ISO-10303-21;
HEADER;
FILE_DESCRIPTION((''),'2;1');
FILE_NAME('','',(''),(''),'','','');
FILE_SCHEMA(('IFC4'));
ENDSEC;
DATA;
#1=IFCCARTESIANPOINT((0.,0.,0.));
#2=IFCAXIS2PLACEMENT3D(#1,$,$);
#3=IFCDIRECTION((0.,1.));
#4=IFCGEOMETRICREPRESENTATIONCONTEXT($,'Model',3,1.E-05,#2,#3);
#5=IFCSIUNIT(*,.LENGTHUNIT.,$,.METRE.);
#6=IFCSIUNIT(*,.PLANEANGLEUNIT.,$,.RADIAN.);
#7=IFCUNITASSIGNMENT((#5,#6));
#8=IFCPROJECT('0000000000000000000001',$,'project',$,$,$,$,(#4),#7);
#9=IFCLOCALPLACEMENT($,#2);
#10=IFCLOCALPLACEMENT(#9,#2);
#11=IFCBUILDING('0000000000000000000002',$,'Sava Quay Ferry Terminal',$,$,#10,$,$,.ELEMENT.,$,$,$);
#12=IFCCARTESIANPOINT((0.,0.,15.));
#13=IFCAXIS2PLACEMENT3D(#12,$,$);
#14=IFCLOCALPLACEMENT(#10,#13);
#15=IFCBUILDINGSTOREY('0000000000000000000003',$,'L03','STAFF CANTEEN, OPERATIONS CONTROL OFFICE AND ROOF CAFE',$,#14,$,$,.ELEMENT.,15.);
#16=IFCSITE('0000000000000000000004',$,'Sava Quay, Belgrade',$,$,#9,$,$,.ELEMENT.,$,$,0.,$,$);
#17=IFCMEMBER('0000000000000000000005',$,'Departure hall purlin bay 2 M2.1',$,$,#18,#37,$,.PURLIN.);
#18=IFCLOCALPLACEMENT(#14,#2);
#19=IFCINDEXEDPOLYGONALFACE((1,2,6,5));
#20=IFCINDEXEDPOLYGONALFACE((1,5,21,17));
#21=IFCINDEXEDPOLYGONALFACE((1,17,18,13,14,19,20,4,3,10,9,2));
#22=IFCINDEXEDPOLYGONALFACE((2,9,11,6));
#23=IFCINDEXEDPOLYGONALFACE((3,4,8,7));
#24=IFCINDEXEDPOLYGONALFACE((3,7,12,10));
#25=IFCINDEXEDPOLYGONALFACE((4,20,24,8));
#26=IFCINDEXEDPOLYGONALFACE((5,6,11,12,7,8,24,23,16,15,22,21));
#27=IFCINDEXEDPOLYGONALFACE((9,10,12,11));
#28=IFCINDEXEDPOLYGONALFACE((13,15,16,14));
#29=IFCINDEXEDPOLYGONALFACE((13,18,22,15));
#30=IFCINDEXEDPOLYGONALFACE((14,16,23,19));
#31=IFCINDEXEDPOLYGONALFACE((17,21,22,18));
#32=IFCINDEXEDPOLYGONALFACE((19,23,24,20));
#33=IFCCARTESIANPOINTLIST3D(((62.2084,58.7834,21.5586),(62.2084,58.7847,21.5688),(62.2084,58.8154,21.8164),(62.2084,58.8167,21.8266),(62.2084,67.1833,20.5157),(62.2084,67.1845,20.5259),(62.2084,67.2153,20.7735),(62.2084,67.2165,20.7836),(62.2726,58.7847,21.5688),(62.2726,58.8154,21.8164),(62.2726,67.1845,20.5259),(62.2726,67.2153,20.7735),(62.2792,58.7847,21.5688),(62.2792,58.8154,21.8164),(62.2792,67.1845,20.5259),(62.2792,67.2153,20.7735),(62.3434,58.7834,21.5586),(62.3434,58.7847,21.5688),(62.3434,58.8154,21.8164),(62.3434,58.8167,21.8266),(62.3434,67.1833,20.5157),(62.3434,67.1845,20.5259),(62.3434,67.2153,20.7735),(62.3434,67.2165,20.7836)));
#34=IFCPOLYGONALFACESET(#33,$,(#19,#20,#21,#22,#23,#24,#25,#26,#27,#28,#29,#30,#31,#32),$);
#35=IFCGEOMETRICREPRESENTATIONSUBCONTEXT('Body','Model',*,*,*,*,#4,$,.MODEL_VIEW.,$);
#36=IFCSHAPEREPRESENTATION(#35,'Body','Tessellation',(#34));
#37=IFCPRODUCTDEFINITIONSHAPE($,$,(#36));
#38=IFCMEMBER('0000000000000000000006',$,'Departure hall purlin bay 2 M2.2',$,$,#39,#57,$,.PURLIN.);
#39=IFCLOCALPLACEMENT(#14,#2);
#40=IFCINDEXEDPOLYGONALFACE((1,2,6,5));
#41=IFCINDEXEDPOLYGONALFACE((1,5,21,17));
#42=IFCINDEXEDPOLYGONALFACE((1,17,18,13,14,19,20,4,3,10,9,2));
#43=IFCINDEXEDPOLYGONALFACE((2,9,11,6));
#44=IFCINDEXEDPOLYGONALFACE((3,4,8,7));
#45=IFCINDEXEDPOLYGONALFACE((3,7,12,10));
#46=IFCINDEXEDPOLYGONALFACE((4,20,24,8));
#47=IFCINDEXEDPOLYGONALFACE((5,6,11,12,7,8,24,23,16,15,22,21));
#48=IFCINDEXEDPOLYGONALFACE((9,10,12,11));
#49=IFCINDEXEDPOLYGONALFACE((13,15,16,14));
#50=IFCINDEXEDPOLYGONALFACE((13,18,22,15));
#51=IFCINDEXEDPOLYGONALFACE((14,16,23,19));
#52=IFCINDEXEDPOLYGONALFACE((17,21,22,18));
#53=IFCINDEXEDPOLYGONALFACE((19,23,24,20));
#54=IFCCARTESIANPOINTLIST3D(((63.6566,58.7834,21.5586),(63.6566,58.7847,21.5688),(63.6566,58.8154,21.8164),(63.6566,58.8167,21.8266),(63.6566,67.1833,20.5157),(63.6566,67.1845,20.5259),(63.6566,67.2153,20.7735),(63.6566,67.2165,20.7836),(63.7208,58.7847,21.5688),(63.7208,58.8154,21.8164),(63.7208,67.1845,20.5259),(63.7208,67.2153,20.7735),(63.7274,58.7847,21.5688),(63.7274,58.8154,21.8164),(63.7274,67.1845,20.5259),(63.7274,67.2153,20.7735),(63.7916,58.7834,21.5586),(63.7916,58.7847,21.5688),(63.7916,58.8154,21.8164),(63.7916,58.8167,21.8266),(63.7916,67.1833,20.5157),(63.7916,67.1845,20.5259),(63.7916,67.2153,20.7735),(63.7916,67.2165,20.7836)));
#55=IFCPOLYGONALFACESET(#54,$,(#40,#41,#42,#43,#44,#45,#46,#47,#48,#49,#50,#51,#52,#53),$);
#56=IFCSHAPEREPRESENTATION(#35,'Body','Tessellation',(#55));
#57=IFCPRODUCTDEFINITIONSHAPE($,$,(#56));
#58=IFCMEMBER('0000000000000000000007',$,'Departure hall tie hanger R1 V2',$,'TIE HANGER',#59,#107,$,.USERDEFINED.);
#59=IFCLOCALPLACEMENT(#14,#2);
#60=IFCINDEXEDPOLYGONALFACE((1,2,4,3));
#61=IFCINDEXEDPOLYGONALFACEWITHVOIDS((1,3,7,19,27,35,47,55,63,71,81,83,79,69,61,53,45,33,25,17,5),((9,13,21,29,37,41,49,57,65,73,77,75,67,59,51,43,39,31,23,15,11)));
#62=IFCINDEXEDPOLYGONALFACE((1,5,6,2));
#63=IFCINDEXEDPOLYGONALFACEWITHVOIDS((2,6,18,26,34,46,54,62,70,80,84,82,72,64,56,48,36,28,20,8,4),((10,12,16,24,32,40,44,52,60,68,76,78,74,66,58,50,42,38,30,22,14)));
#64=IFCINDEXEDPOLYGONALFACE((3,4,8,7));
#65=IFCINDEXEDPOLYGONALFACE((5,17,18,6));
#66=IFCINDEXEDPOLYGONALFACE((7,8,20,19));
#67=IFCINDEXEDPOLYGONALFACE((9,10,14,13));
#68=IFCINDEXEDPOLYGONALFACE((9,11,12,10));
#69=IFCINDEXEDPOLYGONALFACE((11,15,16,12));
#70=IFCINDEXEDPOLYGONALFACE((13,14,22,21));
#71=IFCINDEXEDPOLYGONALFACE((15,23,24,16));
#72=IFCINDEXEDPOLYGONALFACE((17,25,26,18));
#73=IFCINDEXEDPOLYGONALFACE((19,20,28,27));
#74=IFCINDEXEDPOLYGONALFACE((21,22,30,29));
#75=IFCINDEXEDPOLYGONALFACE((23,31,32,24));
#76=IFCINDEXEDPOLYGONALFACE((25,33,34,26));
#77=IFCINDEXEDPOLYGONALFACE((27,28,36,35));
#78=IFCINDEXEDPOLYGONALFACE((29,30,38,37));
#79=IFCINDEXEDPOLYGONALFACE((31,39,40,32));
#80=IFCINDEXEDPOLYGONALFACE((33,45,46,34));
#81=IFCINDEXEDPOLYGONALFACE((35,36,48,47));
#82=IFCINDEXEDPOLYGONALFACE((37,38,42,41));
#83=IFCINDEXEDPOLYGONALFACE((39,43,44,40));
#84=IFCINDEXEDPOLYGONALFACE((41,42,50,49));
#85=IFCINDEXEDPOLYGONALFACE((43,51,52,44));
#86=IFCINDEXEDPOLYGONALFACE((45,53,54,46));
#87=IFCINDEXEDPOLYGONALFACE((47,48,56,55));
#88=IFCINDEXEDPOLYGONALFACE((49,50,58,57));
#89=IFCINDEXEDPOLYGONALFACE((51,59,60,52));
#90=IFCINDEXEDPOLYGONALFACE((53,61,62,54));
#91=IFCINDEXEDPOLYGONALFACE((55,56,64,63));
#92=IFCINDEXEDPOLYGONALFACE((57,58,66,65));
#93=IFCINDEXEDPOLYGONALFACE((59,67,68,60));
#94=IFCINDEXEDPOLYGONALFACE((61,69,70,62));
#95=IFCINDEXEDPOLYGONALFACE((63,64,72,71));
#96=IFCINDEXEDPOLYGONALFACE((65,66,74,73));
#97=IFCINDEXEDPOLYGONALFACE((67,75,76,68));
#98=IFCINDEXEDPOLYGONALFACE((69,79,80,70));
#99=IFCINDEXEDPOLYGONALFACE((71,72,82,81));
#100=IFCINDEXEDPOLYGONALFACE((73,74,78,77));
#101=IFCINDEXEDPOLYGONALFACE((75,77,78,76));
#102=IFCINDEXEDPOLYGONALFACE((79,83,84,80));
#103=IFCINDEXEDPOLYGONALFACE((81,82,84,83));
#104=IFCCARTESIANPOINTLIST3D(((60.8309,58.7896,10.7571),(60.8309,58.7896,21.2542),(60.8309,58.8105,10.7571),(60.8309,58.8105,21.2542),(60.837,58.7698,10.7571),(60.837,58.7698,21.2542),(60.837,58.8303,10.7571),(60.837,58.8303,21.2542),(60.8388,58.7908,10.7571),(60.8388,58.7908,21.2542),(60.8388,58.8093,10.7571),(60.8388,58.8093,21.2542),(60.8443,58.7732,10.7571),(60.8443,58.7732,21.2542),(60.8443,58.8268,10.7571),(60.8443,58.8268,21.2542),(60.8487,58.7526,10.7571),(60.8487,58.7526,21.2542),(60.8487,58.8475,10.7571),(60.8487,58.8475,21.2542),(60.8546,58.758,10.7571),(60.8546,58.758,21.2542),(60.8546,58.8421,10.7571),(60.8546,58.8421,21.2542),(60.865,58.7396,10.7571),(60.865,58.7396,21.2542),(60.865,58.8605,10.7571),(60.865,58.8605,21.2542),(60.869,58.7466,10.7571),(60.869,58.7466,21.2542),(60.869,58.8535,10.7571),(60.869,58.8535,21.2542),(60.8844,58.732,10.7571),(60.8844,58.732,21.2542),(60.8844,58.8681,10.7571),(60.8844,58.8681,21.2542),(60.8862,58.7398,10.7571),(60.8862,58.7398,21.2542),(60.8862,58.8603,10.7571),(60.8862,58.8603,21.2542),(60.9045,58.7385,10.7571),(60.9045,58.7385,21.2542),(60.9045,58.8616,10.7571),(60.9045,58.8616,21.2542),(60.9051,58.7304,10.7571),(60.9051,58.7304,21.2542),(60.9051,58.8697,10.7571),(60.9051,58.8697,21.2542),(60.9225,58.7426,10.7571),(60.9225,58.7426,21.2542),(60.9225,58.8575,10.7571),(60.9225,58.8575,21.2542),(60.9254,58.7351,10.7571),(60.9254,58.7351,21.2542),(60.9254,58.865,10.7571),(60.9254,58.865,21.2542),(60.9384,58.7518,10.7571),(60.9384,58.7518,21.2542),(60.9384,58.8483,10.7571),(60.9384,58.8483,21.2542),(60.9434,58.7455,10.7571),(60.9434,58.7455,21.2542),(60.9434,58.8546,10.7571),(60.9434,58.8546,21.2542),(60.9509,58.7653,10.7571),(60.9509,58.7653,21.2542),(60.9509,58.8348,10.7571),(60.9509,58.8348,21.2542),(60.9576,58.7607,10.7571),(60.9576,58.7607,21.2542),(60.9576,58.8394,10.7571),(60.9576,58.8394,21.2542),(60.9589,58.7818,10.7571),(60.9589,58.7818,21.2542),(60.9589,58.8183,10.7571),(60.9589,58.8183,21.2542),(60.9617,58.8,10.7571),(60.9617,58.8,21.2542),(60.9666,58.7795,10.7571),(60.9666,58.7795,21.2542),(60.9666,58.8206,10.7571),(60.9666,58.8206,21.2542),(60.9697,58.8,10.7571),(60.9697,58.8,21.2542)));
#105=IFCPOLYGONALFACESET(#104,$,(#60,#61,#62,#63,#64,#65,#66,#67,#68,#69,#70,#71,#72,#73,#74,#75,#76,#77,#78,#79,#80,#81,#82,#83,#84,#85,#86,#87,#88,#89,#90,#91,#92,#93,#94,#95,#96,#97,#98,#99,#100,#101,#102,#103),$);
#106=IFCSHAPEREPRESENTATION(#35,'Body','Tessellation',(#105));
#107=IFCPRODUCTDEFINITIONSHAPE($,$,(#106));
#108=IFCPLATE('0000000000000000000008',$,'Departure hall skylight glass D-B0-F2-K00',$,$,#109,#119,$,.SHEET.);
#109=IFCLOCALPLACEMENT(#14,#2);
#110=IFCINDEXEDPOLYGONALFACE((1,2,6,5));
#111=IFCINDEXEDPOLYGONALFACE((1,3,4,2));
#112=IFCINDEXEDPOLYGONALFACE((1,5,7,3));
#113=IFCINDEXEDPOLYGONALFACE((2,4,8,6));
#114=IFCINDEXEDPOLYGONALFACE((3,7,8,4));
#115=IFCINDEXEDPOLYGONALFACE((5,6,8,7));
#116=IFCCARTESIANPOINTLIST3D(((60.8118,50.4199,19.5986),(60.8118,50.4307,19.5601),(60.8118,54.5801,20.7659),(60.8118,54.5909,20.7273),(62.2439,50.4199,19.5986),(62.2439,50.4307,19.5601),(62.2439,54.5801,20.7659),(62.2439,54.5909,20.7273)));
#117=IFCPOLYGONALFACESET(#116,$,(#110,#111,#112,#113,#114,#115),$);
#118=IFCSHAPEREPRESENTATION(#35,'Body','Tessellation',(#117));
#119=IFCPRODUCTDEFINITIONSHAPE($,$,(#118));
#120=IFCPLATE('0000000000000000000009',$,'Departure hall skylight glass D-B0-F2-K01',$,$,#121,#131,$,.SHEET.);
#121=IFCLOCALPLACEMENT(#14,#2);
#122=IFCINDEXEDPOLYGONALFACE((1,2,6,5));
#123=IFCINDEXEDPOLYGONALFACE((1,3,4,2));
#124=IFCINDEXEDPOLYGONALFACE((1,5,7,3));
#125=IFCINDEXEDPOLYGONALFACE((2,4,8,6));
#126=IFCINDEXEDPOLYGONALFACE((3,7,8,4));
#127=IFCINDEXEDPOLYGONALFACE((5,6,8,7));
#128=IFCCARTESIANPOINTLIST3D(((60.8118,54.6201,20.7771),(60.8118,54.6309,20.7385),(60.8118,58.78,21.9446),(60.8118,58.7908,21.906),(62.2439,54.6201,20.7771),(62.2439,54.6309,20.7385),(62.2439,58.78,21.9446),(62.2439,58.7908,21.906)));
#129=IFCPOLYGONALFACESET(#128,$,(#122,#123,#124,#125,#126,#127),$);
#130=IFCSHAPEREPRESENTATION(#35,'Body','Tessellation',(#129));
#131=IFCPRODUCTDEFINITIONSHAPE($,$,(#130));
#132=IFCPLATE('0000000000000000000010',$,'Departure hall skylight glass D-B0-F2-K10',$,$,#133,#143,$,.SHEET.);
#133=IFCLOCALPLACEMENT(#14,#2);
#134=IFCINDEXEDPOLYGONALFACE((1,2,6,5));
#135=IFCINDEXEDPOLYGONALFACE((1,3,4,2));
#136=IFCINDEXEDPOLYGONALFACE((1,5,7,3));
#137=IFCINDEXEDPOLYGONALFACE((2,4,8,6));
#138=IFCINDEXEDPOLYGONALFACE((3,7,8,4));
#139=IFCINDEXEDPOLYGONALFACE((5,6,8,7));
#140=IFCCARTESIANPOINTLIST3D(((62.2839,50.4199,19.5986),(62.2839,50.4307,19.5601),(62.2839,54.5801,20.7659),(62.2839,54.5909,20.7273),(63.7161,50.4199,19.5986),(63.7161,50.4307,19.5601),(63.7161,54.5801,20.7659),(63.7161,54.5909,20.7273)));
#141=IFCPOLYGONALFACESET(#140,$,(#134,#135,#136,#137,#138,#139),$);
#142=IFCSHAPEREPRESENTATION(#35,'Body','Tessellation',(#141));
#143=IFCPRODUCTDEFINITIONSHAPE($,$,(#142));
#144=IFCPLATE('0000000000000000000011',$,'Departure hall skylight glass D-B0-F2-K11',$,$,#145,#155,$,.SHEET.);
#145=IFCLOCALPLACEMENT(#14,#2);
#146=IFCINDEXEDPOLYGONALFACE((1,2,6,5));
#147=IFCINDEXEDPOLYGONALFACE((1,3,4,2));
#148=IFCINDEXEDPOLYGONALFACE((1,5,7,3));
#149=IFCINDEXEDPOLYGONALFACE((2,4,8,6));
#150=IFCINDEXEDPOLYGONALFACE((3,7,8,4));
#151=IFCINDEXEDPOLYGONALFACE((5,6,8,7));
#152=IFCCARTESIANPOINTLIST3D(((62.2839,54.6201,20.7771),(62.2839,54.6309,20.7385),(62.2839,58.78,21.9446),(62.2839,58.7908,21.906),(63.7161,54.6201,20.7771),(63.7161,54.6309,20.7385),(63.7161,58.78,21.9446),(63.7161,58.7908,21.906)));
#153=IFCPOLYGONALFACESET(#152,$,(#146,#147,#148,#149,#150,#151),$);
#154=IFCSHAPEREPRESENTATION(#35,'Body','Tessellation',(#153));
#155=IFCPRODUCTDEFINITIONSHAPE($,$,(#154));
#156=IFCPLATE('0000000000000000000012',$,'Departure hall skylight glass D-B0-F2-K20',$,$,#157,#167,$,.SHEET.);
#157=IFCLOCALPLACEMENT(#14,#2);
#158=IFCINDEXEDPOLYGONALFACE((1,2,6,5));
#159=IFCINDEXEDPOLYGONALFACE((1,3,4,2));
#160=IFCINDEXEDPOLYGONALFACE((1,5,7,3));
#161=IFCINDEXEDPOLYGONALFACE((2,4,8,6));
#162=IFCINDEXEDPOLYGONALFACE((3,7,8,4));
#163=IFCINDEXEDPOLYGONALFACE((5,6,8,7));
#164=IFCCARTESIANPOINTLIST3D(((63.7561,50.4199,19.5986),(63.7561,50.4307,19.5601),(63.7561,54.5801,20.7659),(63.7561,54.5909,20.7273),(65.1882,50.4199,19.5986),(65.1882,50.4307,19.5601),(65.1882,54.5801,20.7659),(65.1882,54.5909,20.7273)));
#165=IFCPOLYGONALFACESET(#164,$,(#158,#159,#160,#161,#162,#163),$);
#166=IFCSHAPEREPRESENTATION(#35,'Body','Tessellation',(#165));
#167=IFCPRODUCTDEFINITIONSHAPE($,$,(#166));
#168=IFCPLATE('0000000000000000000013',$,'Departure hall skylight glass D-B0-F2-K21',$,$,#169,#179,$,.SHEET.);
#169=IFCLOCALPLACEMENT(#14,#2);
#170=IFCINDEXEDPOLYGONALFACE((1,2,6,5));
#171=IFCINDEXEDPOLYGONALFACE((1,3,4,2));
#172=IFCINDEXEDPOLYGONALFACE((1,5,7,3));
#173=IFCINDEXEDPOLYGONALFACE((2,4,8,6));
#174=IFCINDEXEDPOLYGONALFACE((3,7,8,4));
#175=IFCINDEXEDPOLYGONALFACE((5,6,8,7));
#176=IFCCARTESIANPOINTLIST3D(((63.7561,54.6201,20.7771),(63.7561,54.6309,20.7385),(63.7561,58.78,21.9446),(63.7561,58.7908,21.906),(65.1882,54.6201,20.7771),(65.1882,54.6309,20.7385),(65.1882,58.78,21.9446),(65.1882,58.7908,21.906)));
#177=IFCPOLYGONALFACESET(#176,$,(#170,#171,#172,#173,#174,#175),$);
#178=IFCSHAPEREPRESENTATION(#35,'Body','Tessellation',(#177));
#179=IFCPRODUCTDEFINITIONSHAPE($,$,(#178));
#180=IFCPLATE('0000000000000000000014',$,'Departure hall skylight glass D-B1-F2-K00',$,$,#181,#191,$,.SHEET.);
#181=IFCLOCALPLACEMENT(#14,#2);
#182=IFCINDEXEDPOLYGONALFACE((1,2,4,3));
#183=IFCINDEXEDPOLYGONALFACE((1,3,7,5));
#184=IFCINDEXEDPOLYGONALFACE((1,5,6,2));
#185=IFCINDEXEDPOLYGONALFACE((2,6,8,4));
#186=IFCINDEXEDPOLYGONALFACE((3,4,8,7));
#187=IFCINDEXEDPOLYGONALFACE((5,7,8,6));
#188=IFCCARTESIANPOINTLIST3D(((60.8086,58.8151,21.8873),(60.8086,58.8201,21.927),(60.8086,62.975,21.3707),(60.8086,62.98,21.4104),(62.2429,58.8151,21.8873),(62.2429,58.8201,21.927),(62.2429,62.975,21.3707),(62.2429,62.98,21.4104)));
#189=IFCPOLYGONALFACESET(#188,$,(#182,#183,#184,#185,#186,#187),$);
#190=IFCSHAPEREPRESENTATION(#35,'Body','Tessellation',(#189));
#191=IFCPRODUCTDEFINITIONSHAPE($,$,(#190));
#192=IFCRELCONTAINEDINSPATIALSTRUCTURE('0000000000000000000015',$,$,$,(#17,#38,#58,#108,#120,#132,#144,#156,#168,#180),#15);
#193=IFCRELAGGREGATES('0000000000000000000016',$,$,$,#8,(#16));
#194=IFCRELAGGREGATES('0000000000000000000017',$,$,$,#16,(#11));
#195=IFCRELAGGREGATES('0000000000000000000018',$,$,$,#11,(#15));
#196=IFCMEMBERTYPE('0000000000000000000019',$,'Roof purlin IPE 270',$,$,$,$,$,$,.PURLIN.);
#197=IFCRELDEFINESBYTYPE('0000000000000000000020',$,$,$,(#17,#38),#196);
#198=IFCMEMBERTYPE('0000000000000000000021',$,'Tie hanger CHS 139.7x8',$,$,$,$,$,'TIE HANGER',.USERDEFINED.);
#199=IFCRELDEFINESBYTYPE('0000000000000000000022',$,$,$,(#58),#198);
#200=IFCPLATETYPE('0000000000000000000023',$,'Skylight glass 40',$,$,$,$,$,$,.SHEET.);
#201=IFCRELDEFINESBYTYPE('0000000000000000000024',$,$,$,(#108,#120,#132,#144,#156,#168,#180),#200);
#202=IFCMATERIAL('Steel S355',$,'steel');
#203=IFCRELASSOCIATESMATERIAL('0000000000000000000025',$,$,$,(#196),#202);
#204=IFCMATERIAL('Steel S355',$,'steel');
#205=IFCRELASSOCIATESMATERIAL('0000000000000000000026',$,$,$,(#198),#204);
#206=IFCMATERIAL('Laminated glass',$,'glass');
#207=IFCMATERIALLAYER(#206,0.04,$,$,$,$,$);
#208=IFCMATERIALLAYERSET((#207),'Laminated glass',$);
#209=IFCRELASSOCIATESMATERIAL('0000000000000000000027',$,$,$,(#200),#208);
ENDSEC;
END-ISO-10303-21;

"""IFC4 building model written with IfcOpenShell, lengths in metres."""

from ifc_helpers import new_model, si_unit, direction, frame, origin, origin_2d, place, context, subcontext, project, spatial, polyline, hollow_circle, i_section, outline, extrude, material, layer, layer_set, material_profile, profile_set, type_object, element, save


model = new_model("IFC4")

# Units and contexts
model_context = context("Model", 3, precision=1e-05, world=origin(), true_north=direction((0.0, 1.0)))
body_context = subcontext(model_context, "Body", "Model", "MODEL_VIEW")
ifc_project = project(units=[si_unit("LENGTHUNIT", "METRE"), si_unit("PLANEANGLEUNIT", "RADIAN")], contexts=[model_context])

# Site, building, storey
site_placement = place(None, origin())
site = spatial("IfcSite", under=ifc_project, at=site_placement, Name="Sava Quay, Belgrade", CompositionType="ELEMENT", RefElevation=0.0)
building_placement = place(site_placement, origin())
building = spatial("IfcBuilding", under=site, at=building_placement, Name="Sava Quay Ferry Terminal", CompositionType="ELEMENT")
storey_placement = place(building_placement, frame((0.0, 0.0, 15.0)))
storey = spatial("IfcBuildingStorey", under=building, at=storey_placement, Name="L03", Description="STAFF CANTEEN, OPERATIONS CONTROL OFFICE AND ROOF CAFE", CompositionType="ELEMENT", Elevation=15.0)

# Members
ifc_material_1 = material(Name="Steel S355", Category="steel")
ifc_material_profile_1 = material_profile(ifc_material_1, i_section(OverallWidth=0.135, OverallDepth=0.27, WebThickness=0.0066, FlangeThickness=0.0103, at=origin_2d()), Name="IPE 270")
ifc_profile_set_1 = profile_set([ifc_material_profile_1], Name="Steel S355")
member_type_1 = type_object("IfcMemberType", Name="Roof purlin IPE 270", PredefinedType="PURLIN", material=ifc_profile_set_1)
for number, where, z_axis, x_axis, name in (
    (1, (62.2759, 58.8, 21.6926), (0.0, 0.99238, -0.123218), (-1.0, 0.0, 0.0), "Departure hall purlin bay 2 M2.1"),
    (2, (63.7241, 58.8, 21.6926), (0.0, 0.99238, -0.123218), (-1.0, 0.0, 0.0), "Departure hall purlin bay 2 M2.2"),
):
    element("IfcMember", number, at=place(storey_placement, frame(where, z_axis=z_axis, x_axis=x_axis)), inside=storey, type_object=member_type_1, Name=name, PredefinedType="PURLIN", context=body_context, shape_type="SweptSolid", body=[
        extrude(i_section(OverallWidth=0.135, OverallDepth=0.27, WebThickness=0.0066, FlangeThickness=0.0103, at=origin_2d()), origin(), (0.0, 0.0, 1.0), 8.4644),
    ])
ifc_material_2 = material(Name="Steel S355", Category="steel")
ifc_material_profile_2 = material_profile(ifc_material_2, hollow_circle(Radius=0.0698, WallThickness=0.0081, at=origin_2d()), Name="CHS 139.7 x 8.0")
ifc_profile_set_2 = profile_set([ifc_material_profile_2], Name="Steel S355")
member_type_2 = type_object("IfcMemberType", Name="Tie hanger CHS 139.7x8", ElementType="TIE HANGER", PredefinedType="USERDEFINED", material=ifc_profile_set_2)
member_1_placement = place(storey_placement, frame((60.8999, 58.8, 10.7571), z_axis=(0.0, 0.0, 1.0), x_axis=(1.0, 0.0, 0.0)))
element("IfcMember", 3, at=member_1_placement, inside=storey, type_object=member_type_2, Name="Departure hall tie hanger R1 V2", ObjectType="TIE HANGER", PredefinedType="USERDEFINED", context=body_context, shape_type="SweptSolid", body=[
    extrude(hollow_circle(Radius=0.0698, WallThickness=0.0081, at=origin_2d()), origin(), (0.0, 0.0, 1.0), 10.4971),
])

# Plates
ifc_material_3 = material(Name="Laminated glass", Category="glass")
ifc_layer_1 = layer(ifc_material_3, 0.04)
ifc_layer_set_1 = layer_set([ifc_layer_1], Name="Laminated glass")
plate_type = type_object("IfcPlateType", Name="Skylight glass 40", PredefinedType="SHEET", material=ifc_layer_set_1)
plate_1_placement = place(storey_placement, frame((60.8118, 50.4199, 19.5986), z_axis=(0.0, -0.270143, 0.96282), x_axis=(0.0, 0.96282, 0.270143)))
element("IfcPlate", 4, at=plate_1_placement, inside=storey, type_object=plate_type, Name="Departure hall skylight glass D-B0-F2-K00", PredefinedType="SHEET", context=body_context, shape_type="SweptSolid", body=[
    extrude(outline(polyline([(0.0, 0.0), (4.3208, 0.0), (4.3208, -1.4321), (0.0, -1.4321), (0.0, 0.0)])), origin(), (0.0, 0.0, -1.0), 0.04),
])
plate_2_placement = place(storey_placement, frame((60.8118, 54.6201, 20.7771), z_axis=(0.0, -0.27021, 0.962801), x_axis=(0.0, 0.962801, 0.27021)))
element("IfcPlate", 5, at=plate_2_placement, inside=storey, type_object=plate_type, Name="Departure hall skylight glass D-B0-F2-K01", PredefinedType="SHEET", context=body_context, shape_type="SweptSolid", body=[
    extrude(outline(polyline([(0.0, 0.0), (4.3206, 0.0), (4.3206, -1.4321), (0.0, -1.4321), (0.0, 0.0)])), origin(), (0.0, 0.0, -1.0), 0.04),
])
plate_3_placement = place(storey_placement, frame((62.2839, 50.4199, 19.5986), z_axis=(0.0, -0.270143, 0.96282), x_axis=(0.0, 0.96282, 0.270143)))
element("IfcPlate", 6, at=plate_3_placement, inside=storey, type_object=plate_type, Name="Departure hall skylight glass D-B0-F2-K10", PredefinedType="SHEET", context=body_context, shape_type="SweptSolid", body=[
    extrude(outline(polyline([(0.0, 0.0), (4.3208, 0.0), (4.3208, -1.4321), (0.0, -1.4321), (0.0, 0.0)])), origin(), (0.0, 0.0, -1.0), 0.04),
])
plate_4_placement = place(storey_placement, frame((62.2839, 54.6201, 20.7771), z_axis=(0.0, -0.27021, 0.962801), x_axis=(0.0, 0.962801, 0.27021)))
element("IfcPlate", 7, at=plate_4_placement, inside=storey, type_object=plate_type, Name="Departure hall skylight glass D-B0-F2-K11", PredefinedType="SHEET", context=body_context, shape_type="SweptSolid", body=[
    extrude(outline(polyline([(0.0, 0.0), (4.3206, 0.0), (4.3206, -1.4321), (0.0, -1.4321), (0.0, 0.0)])), origin(), (0.0, 0.0, -1.0), 0.04),
])
plate_5_placement = place(storey_placement, frame((63.7561, 50.4199, 19.5986), z_axis=(0.0, -0.270143, 0.96282), x_axis=(0.0, 0.96282, 0.270143)))
element("IfcPlate", 8, at=plate_5_placement, inside=storey, type_object=plate_type, Name="Departure hall skylight glass D-B0-F2-K20", PredefinedType="SHEET", context=body_context, shape_type="SweptSolid", body=[
    extrude(outline(polyline([(0.0, 0.0), (4.3208, 0.0), (4.3208, -1.4321), (0.0, -1.4321), (0.0, 0.0)])), origin(), (0.0, 0.0, -1.0), 0.04),
])
plate_6_placement = place(storey_placement, frame((63.7561, 54.6201, 20.7771), z_axis=(0.0, -0.27021, 0.962801), x_axis=(0.0, 0.962801, 0.27021)))
element("IfcPlate", 9, at=plate_6_placement, inside=storey, type_object=plate_type, Name="Departure hall skylight glass D-B0-F2-K21", PredefinedType="SHEET", context=body_context, shape_type="SweptSolid", body=[
    extrude(outline(polyline([(0.0, 0.0), (4.3206, 0.0), (4.3206, -1.4321), (0.0, -1.4321), (0.0, 0.0)])), origin(), (0.0, 0.0, -1.0), 0.04),
])
plate_7_placement = place(storey_placement, frame((60.8086, 58.8201, 21.927), z_axis=(0.0, 0.123239, 0.992377), x_axis=(0.0, 0.992377, -0.123239)))
element("IfcPlate", 10, at=plate_7_placement, inside=storey, type_object=plate_type, Name="Departure hall skylight glass D-B1-F2-K00", PredefinedType="SHEET", context=body_context, shape_type="SweptSolid", body=[
    extrude(outline(polyline([(0.0, 0.0), (4.1919, 0.0), (4.1919, -1.4343), (0.0, -1.4343), (0.0, 0.0)])), origin(), (0.0, 0.0, -1.0), 0.04),
])

save(model, "model.ifc")
